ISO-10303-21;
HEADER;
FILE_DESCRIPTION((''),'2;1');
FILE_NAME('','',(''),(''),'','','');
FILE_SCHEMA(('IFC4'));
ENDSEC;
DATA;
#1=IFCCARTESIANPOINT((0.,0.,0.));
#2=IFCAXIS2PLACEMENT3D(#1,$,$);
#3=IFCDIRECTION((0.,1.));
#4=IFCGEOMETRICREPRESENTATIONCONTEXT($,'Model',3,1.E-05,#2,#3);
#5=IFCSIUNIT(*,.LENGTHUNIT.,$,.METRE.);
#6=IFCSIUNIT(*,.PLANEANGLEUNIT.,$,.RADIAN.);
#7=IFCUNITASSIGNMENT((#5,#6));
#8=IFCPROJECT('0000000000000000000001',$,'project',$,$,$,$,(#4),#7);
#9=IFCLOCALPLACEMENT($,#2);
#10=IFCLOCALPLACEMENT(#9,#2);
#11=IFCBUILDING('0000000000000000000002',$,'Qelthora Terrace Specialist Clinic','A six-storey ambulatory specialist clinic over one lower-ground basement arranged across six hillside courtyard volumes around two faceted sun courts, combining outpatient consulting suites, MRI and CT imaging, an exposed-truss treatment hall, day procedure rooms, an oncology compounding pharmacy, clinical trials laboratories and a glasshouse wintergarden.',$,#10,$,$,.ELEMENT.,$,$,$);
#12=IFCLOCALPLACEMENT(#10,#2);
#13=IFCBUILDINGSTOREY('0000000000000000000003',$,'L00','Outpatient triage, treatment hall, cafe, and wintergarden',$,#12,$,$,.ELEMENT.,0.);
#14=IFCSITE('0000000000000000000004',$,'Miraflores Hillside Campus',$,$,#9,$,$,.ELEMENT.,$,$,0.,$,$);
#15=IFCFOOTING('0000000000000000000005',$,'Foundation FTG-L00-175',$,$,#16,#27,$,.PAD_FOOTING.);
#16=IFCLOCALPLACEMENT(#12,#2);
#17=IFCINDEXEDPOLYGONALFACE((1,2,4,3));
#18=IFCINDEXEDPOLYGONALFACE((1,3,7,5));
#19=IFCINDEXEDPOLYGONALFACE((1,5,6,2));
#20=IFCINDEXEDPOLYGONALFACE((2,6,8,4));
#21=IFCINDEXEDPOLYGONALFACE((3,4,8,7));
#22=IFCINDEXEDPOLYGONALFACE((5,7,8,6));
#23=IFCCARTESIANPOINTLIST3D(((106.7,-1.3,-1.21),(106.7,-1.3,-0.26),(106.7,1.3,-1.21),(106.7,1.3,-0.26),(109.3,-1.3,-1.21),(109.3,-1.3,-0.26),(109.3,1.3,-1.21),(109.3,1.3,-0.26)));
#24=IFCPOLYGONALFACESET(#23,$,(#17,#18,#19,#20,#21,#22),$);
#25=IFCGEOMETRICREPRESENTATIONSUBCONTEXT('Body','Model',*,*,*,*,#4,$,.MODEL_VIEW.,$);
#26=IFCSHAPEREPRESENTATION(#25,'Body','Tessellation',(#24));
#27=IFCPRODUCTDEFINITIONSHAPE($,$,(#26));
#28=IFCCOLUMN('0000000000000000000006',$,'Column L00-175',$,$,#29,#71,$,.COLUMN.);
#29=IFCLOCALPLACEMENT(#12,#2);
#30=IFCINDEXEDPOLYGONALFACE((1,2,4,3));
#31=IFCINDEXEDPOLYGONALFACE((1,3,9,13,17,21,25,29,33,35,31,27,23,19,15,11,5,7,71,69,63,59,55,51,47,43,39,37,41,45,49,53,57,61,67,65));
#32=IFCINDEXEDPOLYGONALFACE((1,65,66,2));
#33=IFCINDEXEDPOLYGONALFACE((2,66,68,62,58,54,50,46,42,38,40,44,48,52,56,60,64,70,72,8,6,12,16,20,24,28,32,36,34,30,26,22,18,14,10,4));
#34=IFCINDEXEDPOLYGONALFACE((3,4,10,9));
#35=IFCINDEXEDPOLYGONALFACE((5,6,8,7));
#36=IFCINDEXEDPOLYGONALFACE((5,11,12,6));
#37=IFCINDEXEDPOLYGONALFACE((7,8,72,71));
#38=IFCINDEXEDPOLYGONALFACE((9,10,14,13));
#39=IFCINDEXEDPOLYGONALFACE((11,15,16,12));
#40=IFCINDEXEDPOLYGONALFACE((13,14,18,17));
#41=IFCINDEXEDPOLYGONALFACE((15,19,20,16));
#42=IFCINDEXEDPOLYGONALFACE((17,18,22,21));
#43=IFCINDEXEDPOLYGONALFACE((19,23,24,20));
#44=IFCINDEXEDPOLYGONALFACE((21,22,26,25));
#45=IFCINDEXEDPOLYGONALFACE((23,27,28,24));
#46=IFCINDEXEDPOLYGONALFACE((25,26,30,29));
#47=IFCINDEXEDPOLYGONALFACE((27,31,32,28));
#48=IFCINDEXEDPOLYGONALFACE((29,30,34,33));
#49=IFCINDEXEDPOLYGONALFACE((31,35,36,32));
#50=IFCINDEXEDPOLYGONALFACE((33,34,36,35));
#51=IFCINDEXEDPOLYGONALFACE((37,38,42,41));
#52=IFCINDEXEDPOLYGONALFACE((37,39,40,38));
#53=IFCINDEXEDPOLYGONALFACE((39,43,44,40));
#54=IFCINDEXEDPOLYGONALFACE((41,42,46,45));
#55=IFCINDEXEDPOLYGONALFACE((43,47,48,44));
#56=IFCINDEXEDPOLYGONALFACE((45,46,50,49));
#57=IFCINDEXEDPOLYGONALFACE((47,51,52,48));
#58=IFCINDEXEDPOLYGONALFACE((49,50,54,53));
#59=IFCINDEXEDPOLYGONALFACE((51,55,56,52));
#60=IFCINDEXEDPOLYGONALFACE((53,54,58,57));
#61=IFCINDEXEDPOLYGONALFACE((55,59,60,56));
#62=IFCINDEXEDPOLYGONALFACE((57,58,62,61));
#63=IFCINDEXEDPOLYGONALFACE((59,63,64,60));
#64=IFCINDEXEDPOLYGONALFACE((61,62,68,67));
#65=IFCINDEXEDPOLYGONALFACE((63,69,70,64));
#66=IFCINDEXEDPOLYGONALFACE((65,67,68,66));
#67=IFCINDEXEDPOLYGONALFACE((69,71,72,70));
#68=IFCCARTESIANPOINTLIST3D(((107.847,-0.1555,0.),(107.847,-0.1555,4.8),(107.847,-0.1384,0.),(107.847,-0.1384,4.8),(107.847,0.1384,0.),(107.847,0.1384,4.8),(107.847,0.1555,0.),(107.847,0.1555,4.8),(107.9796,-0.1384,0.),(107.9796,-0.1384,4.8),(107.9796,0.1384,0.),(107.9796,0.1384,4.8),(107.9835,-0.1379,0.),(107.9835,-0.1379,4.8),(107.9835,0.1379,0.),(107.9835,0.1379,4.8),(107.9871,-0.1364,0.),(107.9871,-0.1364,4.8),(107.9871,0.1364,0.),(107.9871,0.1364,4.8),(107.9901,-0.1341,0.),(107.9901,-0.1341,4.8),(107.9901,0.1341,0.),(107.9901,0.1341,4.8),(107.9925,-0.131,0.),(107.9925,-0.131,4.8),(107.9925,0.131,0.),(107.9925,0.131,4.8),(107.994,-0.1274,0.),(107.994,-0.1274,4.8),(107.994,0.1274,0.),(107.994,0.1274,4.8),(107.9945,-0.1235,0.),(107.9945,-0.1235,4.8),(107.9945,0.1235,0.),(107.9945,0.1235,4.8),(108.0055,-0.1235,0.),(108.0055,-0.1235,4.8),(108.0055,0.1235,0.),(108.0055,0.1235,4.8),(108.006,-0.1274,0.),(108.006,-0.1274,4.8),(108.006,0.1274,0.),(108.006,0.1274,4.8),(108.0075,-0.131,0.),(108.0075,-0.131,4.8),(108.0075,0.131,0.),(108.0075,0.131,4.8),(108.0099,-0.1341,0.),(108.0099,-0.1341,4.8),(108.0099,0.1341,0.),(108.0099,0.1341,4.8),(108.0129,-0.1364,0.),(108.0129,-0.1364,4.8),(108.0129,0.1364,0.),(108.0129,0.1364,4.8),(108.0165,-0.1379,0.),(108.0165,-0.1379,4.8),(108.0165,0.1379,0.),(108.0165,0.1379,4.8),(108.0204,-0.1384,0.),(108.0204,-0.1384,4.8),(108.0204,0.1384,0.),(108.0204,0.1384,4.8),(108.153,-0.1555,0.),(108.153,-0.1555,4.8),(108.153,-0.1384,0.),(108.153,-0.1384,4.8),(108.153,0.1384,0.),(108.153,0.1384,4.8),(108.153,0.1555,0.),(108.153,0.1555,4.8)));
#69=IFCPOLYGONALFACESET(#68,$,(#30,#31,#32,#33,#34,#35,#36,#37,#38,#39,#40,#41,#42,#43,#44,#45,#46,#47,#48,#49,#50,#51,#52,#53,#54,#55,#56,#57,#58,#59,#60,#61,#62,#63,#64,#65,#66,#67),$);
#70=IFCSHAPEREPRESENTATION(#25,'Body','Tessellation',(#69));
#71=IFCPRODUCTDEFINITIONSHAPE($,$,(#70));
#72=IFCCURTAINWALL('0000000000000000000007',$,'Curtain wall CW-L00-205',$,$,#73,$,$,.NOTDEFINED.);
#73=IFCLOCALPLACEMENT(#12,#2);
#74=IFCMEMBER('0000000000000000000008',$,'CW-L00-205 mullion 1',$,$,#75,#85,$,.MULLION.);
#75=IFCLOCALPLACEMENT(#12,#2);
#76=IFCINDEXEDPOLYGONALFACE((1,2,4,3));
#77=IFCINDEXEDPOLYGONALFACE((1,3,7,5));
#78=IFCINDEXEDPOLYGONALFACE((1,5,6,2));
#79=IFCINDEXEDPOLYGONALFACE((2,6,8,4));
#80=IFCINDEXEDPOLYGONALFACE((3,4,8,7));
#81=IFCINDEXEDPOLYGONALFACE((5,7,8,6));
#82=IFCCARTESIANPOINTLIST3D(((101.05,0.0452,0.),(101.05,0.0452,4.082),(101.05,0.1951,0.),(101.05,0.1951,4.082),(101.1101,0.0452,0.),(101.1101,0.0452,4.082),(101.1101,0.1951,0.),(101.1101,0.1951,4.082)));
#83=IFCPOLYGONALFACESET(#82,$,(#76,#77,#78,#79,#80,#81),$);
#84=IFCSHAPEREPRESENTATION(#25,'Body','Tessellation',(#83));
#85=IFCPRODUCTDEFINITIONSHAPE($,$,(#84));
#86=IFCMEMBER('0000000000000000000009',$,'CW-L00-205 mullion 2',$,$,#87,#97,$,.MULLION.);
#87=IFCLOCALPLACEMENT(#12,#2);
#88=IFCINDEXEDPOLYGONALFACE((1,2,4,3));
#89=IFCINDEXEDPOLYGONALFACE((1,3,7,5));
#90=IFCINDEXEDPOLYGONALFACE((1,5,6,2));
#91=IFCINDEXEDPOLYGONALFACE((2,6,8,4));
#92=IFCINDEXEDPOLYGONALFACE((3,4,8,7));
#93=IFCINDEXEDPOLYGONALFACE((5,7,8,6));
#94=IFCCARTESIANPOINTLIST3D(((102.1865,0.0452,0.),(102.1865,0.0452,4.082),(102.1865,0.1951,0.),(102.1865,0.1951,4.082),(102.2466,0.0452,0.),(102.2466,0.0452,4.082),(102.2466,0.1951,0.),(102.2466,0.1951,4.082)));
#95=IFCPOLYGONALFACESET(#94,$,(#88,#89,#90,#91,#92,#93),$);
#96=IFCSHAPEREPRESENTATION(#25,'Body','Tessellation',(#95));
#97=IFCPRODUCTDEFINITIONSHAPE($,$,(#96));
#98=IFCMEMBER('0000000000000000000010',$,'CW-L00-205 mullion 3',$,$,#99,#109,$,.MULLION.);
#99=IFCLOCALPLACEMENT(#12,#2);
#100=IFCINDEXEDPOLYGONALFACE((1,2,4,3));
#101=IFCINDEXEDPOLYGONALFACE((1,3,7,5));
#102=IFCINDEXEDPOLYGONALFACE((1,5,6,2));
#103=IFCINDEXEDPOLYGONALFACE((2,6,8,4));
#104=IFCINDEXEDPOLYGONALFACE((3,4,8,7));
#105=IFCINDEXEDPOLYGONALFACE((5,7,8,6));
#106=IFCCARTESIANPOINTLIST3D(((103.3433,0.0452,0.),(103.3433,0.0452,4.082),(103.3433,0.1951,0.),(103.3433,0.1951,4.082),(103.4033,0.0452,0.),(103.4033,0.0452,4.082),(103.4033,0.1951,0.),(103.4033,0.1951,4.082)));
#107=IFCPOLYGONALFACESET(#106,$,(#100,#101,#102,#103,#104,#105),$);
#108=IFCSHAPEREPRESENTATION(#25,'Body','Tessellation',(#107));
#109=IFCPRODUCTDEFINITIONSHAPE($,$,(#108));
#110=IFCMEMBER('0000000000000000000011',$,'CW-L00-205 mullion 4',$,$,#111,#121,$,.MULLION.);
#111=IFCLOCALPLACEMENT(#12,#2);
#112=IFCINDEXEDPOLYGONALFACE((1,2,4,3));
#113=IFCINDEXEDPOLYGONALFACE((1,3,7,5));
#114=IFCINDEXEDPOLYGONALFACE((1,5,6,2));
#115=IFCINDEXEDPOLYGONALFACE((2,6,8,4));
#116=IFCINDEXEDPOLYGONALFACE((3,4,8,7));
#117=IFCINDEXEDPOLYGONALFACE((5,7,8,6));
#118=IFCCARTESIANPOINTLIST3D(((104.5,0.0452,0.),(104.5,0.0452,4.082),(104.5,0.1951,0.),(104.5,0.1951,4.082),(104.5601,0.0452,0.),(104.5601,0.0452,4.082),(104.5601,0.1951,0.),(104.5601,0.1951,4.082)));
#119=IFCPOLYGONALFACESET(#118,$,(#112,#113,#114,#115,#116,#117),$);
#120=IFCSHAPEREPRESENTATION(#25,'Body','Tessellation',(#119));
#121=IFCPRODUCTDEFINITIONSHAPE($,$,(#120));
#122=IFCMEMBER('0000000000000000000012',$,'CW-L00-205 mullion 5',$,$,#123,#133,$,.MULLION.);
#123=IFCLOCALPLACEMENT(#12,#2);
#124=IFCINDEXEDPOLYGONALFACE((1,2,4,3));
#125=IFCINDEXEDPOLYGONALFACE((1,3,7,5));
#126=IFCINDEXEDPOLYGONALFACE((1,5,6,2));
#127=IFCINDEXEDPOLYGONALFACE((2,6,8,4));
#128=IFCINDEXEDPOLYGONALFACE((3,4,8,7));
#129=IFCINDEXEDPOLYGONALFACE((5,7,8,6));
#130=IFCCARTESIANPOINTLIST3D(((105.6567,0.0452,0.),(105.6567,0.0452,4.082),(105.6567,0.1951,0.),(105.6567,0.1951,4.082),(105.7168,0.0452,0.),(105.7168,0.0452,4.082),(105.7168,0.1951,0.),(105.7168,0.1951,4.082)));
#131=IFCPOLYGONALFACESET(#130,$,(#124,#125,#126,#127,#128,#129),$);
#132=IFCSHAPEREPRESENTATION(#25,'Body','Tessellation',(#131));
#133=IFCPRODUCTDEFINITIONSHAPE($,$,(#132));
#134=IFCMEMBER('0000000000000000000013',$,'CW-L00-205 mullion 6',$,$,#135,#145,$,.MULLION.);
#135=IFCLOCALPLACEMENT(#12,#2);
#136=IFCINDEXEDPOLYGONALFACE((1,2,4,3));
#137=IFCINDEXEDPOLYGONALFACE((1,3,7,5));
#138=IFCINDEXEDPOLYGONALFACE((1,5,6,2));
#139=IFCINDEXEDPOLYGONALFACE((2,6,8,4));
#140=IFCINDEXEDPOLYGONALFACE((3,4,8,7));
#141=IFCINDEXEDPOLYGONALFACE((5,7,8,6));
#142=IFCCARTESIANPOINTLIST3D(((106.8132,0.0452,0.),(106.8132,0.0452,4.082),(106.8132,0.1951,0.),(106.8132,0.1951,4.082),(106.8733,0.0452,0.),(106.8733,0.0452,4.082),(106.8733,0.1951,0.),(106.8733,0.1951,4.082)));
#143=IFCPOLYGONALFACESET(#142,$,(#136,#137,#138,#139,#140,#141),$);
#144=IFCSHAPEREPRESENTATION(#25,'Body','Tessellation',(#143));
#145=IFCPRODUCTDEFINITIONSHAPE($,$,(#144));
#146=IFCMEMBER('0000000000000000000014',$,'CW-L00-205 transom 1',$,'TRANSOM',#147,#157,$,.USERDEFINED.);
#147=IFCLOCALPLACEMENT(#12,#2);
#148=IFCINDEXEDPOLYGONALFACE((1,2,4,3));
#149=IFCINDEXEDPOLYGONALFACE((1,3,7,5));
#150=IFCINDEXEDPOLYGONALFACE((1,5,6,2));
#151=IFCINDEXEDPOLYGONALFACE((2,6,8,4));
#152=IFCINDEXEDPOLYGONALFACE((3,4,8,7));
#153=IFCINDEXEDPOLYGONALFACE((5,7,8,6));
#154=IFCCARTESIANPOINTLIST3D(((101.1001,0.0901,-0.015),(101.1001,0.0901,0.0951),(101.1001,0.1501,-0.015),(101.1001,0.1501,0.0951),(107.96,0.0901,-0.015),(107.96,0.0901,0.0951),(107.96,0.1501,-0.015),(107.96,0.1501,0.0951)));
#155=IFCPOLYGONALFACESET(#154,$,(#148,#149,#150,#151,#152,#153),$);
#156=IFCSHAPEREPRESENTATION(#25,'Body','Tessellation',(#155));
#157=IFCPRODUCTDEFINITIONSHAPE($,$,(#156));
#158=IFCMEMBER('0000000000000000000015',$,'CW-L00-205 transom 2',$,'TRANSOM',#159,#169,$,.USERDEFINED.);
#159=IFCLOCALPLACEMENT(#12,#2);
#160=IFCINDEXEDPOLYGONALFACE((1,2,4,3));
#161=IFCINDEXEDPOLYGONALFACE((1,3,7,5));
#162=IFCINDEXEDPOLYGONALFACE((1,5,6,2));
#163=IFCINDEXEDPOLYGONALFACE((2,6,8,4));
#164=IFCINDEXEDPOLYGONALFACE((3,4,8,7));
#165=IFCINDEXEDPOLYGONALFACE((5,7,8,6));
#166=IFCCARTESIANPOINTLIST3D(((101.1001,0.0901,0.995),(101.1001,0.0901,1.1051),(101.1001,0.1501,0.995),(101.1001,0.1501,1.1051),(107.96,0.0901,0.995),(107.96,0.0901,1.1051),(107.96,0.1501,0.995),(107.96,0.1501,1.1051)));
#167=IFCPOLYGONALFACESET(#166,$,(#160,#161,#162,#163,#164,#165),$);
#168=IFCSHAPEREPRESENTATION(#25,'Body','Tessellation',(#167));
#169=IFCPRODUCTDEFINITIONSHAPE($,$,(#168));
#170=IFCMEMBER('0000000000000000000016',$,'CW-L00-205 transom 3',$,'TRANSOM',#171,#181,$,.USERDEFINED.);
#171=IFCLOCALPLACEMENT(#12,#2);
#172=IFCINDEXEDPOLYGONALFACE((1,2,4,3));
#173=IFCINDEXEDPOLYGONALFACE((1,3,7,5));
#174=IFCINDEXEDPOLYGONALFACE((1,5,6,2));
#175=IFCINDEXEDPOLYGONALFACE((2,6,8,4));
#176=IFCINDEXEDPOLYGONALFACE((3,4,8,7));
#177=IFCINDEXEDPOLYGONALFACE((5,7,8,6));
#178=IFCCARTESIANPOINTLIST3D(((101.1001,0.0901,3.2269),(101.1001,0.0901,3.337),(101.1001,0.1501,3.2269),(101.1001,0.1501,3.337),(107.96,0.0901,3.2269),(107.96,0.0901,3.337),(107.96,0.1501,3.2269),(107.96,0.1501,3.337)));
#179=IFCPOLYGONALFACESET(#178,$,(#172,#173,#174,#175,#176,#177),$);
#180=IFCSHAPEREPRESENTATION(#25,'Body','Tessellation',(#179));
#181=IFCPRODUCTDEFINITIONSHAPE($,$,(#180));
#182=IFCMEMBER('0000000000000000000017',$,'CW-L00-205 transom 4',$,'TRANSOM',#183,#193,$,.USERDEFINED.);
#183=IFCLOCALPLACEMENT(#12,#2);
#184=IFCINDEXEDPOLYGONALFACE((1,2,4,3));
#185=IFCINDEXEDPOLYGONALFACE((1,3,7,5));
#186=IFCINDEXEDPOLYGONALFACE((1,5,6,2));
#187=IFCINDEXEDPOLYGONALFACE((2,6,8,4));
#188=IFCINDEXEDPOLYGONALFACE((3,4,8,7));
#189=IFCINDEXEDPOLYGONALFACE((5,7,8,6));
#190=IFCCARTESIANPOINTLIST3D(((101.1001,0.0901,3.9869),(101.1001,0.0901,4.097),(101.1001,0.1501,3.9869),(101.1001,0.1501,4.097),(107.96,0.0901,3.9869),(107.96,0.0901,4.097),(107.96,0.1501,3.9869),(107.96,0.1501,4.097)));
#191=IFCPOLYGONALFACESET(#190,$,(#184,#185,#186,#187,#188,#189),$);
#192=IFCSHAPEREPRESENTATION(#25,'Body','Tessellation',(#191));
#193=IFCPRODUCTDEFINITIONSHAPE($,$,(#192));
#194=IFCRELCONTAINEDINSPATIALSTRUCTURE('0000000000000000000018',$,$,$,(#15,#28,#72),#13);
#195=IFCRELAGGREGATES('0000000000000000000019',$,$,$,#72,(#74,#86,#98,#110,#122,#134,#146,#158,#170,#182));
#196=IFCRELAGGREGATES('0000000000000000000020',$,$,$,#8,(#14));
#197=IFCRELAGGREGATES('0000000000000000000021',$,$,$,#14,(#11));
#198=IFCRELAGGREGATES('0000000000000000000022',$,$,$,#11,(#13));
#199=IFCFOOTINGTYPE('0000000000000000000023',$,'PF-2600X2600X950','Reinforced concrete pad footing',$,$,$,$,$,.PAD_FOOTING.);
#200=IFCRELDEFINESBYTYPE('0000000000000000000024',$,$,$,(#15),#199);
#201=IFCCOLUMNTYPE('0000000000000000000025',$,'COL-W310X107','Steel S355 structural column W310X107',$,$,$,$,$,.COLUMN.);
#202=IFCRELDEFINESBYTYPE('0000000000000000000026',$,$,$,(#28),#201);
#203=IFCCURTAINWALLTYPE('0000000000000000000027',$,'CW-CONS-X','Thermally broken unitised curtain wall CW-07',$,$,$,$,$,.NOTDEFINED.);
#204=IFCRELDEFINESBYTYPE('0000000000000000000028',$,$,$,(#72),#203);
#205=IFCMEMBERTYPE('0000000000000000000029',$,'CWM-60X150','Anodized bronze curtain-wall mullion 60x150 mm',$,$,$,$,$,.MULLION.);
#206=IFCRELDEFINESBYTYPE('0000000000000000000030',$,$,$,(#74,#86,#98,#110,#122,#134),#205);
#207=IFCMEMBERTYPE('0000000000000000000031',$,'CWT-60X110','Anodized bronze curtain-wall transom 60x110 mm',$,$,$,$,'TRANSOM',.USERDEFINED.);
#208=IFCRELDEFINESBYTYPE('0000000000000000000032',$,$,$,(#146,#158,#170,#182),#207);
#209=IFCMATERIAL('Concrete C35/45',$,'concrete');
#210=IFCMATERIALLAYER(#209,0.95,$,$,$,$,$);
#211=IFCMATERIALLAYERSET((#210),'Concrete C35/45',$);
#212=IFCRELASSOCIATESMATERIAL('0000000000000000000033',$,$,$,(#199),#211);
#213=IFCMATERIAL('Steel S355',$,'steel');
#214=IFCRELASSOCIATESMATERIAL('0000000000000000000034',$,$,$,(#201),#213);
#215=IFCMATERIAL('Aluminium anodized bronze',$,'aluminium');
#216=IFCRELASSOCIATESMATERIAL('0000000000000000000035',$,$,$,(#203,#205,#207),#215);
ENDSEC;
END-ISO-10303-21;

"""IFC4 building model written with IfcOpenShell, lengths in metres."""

from ifc_helpers import new_model, si_unit, direction, frame, origin, origin_2d, place, context, subcontext, project, spatial, rectangle, i_section, extrude, material, layer, layer_set, material_profile, profile_set, type_object, element, aggregate, save


model = new_model("IFC4")

# Units and contexts
model_context = context("Model", 3, precision=1e-05, world=origin(), true_north=direction((0.0, 1.0)))
body_context = subcontext(model_context, "Body", "Model", "MODEL_VIEW")
ifc_project = project(units=[si_unit("LENGTHUNIT", "METRE"), si_unit("PLANEANGLEUNIT", "RADIAN")], contexts=[model_context])

# Site, building, storey
site_placement = place(None, origin())
site = spatial("IfcSite", under=ifc_project, at=site_placement, Name="Miraflores Hillside Campus", CompositionType="ELEMENT", RefElevation=0.0)
building_placement = place(site_placement, origin())
building = spatial("IfcBuilding", under=site, at=building_placement, Name="Qelthora Terrace Specialist Clinic", Description="A six-storey ambulatory specialist clinic over one lower-ground basement arranged across six hillside courtyard volumes around two faceted sun courts, combining outpatient consulting suites, MRI and CT imaging, an exposed-truss treatment hall, day procedure rooms, an oncology compounding pharmacy, clinical trials laboratories and a glasshouse wintergarden.", CompositionType="ELEMENT")
storey_placement = place(building_placement, origin())
storey = spatial("IfcBuildingStorey", under=building, at=storey_placement, Name="L00", Description="Outpatient triage, treatment hall, cafe, and wintergarden", CompositionType="ELEMENT", Elevation=0.0)

# Footing
ifc_material_1 = material(Name="Concrete C35/45", Category="concrete")
ifc_layer_1 = layer(ifc_material_1, 0.95)
ifc_layer_set_1 = layer_set([ifc_layer_1], Name="Concrete C35/45")
footing_type = type_object("IfcFootingType", Name="PF-2600X2600X950", Description="Reinforced concrete pad footing", PredefinedType="PAD_FOOTING", material=ifc_layer_set_1)
footing_placement = place(storey_placement, frame((108.0, 0.0, -1.21), z_axis=(0.0, 0.0, 1.0), x_axis=(1.0, 0.0, 0.0)))
element("IfcFooting", 1, at=footing_placement, inside=storey, type_object=footing_type, Name="Foundation FTG-L00-175", PredefinedType="PAD_FOOTING", context=body_context, shape_type="SweptSolid", body=[
    extrude(rectangle(XDim=2.6001, YDim=2.6001, at=origin_2d()), origin(), (0.0, 0.0, 1.0), 0.95),
])

# Column
ifc_material_2 = material(Name="Steel S355", Category="steel")
ifc_material_profile_1 = material_profile(ifc_material_2, i_section(OverallWidth=0.3059, OverallDepth=0.311, WebThickness=0.011, FlangeThickness=0.0171, FilletRadius=0.0149, at=origin_2d()), Name="W310X107")
ifc_profile_set_1 = profile_set([ifc_material_profile_1], Name="Steel S355")
column_type = type_object("IfcColumnType", Name="COL-W310X107", Description="Steel S355 structural column W310X107", PredefinedType="COLUMN", material=ifc_profile_set_1)
column_placement = place(storey_placement, frame((108.0, 0.0, 0.0), z_axis=(0.0, 0.0, 1.0), x_axis=(1.0, 0.0, 0.0)))
element("IfcColumn", 2, at=column_placement, inside=storey, type_object=column_type, Name="Column L00-175", PredefinedType="COLUMN", context=body_context, shape_type="SweptSolid", body=[
    extrude(i_section(OverallWidth=0.3059, OverallDepth=0.311, WebThickness=0.011, FlangeThickness=0.0171, FilletRadius=0.0149, at=origin_2d()), origin(), (0.0, 0.0, 1.0), 4.8),
])

# Curtain wall, members
ifc_material_3 = material(Name="Aluminium anodized bronze", Category="aluminium")
curtain_wall_type = type_object("IfcCurtainWallType", Name="CW-CONS-X", Description="Thermally broken unitised curtain wall CW-07", PredefinedType="NOTDEFINED", material=ifc_material_3)
curtain_wall_placement = place(storey_placement, origin())
curtain_wall = element("IfcCurtainWall", 3, at=curtain_wall_placement, inside=storey, type_object=curtain_wall_type, Name="Curtain wall CW-L00-205", PredefinedType="NOTDEFINED")
ifc_material_profile_2 = material_profile(ifc_material_3, rectangle(XDim=0.0601, YDim=0.1499, at=origin_2d()), Name="CWM60X150")
ifc_profile_set_2 = profile_set([ifc_material_profile_2], Name="Aluminium anodized bronze")
member_type_1 = type_object("IfcMemberType", Name="CWM-60X150", Description="Anodized bronze curtain-wall mullion 60x150 mm", PredefinedType="MULLION", material=ifc_profile_set_2)
member_1_placement = place(storey_placement, frame((101.0801, 0.1201, 0.0), z_axis=(0.0, 0.0, 1.0), x_axis=(1.0, 0.0, 0.0)))
member_1 = element("IfcMember", 4, at=member_1_placement, type_object=member_type_1, Name="CW-L00-205 mullion 1", PredefinedType="MULLION", context=body_context, shape_type="SweptSolid", body=[
    extrude(rectangle(XDim=0.0601, YDim=0.1499, at=origin_2d()), origin(), (0.0, 0.0, 1.0), 4.082),
])
member_2_placement = place(storey_placement, frame((102.2166, 0.1201, 0.0), z_axis=(0.0, 0.0, 1.0), x_axis=(1.0, 0.0, 0.0)))
member_2 = element("IfcMember", 5, at=member_2_placement, type_object=member_type_1, Name="CW-L00-205 mullion 2", PredefinedType="MULLION", context=body_context, shape_type="SweptSolid", body=[
    extrude(rectangle(XDim=0.0601, YDim=0.1499, at=origin_2d()), origin(), (0.0, 0.0, 1.0), 4.082),
])
member_3_placement = place(storey_placement, frame((103.3733, 0.1201, 0.0), z_axis=(0.0, 0.0, 1.0), x_axis=(1.0, 0.0, 0.0)))
member_3 = element("IfcMember", 6, at=member_3_placement, type_object=member_type_1, Name="CW-L00-205 mullion 3", PredefinedType="MULLION", context=body_context, shape_type="SweptSolid", body=[
    extrude(rectangle(XDim=0.0601, YDim=0.1499, at=origin_2d()), origin(), (0.0, 0.0, 1.0), 4.082),
])
member_4_placement = place(storey_placement, frame((104.53, 0.1201, 0.0), z_axis=(0.0, 0.0, 1.0), x_axis=(1.0, 0.0, 0.0)))
member_4 = element("IfcMember", 7, at=member_4_placement, type_object=member_type_1, Name="CW-L00-205 mullion 4", PredefinedType="MULLION", context=body_context, shape_type="SweptSolid", body=[
    extrude(rectangle(XDim=0.0601, YDim=0.1499, at=origin_2d()), origin(), (0.0, 0.0, 1.0), 4.082),
])
member_5_placement = place(storey_placement, frame((105.6868, 0.1201, 0.0), z_axis=(0.0, 0.0, 1.0), x_axis=(1.0, 0.0, 0.0)))
member_5 = element("IfcMember", 8, at=member_5_placement, type_object=member_type_1, Name="CW-L00-205 mullion 5", PredefinedType="MULLION", context=body_context, shape_type="SweptSolid", body=[
    extrude(rectangle(XDim=0.0601, YDim=0.1499, at=origin_2d()), origin(), (0.0, 0.0, 1.0), 4.082),
])
member_6_placement = place(storey_placement, frame((106.8433, 0.1201, 0.0), z_axis=(0.0, 0.0, 1.0), x_axis=(1.0, 0.0, 0.0)))
member_6 = element("IfcMember", 9, at=member_6_placement, type_object=member_type_1, Name="CW-L00-205 mullion 6", PredefinedType="MULLION", context=body_context, shape_type="SweptSolid", body=[
    extrude(rectangle(XDim=0.0601, YDim=0.1499, at=origin_2d()), origin(), (0.0, 0.0, 1.0), 4.082),
])
ifc_material_profile_3 = material_profile(ifc_material_3, rectangle(XDim=0.0601, YDim=0.1101, at=origin_2d()), Name="CWT60X110")
ifc_profile_set_3 = profile_set([ifc_material_profile_3], Name="Aluminium anodized bronze")
member_type_2 = type_object("IfcMemberType", Name="CWT-60X110", Description="Anodized bronze curtain-wall transom 60x110 mm", ElementType="TRANSOM", PredefinedType="USERDEFINED", material=ifc_profile_set_3)
member_7_placement = place(storey_placement, frame((101.1001, 0.1201, 0.04), z_axis=(1.0, 0.0, 0.0), x_axis=(0.0, 1.0, 0.0)))
member_7 = element("IfcMember", 10, at=member_7_placement, type_object=member_type_2, Name="CW-L00-205 transom 1", ObjectType="TRANSOM", PredefinedType="USERDEFINED", context=body_context, shape_type="SweptSolid", body=[
    extrude(rectangle(XDim=0.0601, YDim=0.1101, at=origin_2d()), origin(), (0.0, 0.0, 1.0), 6.8599),
])
member_8_placement = place(storey_placement, frame((101.1001, 0.1201, 1.05), z_axis=(1.0, 0.0, 0.0), x_axis=(0.0, 1.0, 0.0)))
member_8 = element("IfcMember", 11, at=member_8_placement, type_object=member_type_2, Name="CW-L00-205 transom 2", ObjectType="TRANSOM", PredefinedType="USERDEFINED", context=body_context, shape_type="SweptSolid", body=[
    extrude(rectangle(XDim=0.0601, YDim=0.1101, at=origin_2d()), origin(), (0.0, 0.0, 1.0), 6.8599),
])
member_9_placement = place(storey_placement, frame((101.1001, 0.1201, 3.282), z_axis=(1.0, 0.0, 0.0), x_axis=(0.0, 1.0, 0.0)))
member_9 = element("IfcMember", 12, at=member_9_placement, type_object=member_type_2, Name="CW-L00-205 transom 3", ObjectType="TRANSOM", PredefinedType="USERDEFINED", context=body_context, shape_type="SweptSolid", body=[
    extrude(rectangle(XDim=0.0601, YDim=0.1101, at=origin_2d()), origin(), (0.0, 0.0, 1.0), 6.8599),
])
member_10_placement = place(storey_placement, frame((101.1001, 0.1201, 4.042), z_axis=(1.0, 0.0, 0.0), x_axis=(0.0, 1.0, 0.0)))
member_10 = element("IfcMember", 13, at=member_10_placement, type_object=member_type_2, Name="CW-L00-205 transom 4", ObjectType="TRANSOM", PredefinedType="USERDEFINED", context=body_context, shape_type="SweptSolid", body=[
    extrude(rectangle(XDim=0.0601, YDim=0.1101, at=origin_2d()), origin(), (0.0, 0.0, 1.0), 6.8599),
])
aggregate(curtain_wall, [member_1, member_2, member_3, member_4, member_5, member_6, member_7, member_8, member_9, member_10])

save(model, "model.ifc")
